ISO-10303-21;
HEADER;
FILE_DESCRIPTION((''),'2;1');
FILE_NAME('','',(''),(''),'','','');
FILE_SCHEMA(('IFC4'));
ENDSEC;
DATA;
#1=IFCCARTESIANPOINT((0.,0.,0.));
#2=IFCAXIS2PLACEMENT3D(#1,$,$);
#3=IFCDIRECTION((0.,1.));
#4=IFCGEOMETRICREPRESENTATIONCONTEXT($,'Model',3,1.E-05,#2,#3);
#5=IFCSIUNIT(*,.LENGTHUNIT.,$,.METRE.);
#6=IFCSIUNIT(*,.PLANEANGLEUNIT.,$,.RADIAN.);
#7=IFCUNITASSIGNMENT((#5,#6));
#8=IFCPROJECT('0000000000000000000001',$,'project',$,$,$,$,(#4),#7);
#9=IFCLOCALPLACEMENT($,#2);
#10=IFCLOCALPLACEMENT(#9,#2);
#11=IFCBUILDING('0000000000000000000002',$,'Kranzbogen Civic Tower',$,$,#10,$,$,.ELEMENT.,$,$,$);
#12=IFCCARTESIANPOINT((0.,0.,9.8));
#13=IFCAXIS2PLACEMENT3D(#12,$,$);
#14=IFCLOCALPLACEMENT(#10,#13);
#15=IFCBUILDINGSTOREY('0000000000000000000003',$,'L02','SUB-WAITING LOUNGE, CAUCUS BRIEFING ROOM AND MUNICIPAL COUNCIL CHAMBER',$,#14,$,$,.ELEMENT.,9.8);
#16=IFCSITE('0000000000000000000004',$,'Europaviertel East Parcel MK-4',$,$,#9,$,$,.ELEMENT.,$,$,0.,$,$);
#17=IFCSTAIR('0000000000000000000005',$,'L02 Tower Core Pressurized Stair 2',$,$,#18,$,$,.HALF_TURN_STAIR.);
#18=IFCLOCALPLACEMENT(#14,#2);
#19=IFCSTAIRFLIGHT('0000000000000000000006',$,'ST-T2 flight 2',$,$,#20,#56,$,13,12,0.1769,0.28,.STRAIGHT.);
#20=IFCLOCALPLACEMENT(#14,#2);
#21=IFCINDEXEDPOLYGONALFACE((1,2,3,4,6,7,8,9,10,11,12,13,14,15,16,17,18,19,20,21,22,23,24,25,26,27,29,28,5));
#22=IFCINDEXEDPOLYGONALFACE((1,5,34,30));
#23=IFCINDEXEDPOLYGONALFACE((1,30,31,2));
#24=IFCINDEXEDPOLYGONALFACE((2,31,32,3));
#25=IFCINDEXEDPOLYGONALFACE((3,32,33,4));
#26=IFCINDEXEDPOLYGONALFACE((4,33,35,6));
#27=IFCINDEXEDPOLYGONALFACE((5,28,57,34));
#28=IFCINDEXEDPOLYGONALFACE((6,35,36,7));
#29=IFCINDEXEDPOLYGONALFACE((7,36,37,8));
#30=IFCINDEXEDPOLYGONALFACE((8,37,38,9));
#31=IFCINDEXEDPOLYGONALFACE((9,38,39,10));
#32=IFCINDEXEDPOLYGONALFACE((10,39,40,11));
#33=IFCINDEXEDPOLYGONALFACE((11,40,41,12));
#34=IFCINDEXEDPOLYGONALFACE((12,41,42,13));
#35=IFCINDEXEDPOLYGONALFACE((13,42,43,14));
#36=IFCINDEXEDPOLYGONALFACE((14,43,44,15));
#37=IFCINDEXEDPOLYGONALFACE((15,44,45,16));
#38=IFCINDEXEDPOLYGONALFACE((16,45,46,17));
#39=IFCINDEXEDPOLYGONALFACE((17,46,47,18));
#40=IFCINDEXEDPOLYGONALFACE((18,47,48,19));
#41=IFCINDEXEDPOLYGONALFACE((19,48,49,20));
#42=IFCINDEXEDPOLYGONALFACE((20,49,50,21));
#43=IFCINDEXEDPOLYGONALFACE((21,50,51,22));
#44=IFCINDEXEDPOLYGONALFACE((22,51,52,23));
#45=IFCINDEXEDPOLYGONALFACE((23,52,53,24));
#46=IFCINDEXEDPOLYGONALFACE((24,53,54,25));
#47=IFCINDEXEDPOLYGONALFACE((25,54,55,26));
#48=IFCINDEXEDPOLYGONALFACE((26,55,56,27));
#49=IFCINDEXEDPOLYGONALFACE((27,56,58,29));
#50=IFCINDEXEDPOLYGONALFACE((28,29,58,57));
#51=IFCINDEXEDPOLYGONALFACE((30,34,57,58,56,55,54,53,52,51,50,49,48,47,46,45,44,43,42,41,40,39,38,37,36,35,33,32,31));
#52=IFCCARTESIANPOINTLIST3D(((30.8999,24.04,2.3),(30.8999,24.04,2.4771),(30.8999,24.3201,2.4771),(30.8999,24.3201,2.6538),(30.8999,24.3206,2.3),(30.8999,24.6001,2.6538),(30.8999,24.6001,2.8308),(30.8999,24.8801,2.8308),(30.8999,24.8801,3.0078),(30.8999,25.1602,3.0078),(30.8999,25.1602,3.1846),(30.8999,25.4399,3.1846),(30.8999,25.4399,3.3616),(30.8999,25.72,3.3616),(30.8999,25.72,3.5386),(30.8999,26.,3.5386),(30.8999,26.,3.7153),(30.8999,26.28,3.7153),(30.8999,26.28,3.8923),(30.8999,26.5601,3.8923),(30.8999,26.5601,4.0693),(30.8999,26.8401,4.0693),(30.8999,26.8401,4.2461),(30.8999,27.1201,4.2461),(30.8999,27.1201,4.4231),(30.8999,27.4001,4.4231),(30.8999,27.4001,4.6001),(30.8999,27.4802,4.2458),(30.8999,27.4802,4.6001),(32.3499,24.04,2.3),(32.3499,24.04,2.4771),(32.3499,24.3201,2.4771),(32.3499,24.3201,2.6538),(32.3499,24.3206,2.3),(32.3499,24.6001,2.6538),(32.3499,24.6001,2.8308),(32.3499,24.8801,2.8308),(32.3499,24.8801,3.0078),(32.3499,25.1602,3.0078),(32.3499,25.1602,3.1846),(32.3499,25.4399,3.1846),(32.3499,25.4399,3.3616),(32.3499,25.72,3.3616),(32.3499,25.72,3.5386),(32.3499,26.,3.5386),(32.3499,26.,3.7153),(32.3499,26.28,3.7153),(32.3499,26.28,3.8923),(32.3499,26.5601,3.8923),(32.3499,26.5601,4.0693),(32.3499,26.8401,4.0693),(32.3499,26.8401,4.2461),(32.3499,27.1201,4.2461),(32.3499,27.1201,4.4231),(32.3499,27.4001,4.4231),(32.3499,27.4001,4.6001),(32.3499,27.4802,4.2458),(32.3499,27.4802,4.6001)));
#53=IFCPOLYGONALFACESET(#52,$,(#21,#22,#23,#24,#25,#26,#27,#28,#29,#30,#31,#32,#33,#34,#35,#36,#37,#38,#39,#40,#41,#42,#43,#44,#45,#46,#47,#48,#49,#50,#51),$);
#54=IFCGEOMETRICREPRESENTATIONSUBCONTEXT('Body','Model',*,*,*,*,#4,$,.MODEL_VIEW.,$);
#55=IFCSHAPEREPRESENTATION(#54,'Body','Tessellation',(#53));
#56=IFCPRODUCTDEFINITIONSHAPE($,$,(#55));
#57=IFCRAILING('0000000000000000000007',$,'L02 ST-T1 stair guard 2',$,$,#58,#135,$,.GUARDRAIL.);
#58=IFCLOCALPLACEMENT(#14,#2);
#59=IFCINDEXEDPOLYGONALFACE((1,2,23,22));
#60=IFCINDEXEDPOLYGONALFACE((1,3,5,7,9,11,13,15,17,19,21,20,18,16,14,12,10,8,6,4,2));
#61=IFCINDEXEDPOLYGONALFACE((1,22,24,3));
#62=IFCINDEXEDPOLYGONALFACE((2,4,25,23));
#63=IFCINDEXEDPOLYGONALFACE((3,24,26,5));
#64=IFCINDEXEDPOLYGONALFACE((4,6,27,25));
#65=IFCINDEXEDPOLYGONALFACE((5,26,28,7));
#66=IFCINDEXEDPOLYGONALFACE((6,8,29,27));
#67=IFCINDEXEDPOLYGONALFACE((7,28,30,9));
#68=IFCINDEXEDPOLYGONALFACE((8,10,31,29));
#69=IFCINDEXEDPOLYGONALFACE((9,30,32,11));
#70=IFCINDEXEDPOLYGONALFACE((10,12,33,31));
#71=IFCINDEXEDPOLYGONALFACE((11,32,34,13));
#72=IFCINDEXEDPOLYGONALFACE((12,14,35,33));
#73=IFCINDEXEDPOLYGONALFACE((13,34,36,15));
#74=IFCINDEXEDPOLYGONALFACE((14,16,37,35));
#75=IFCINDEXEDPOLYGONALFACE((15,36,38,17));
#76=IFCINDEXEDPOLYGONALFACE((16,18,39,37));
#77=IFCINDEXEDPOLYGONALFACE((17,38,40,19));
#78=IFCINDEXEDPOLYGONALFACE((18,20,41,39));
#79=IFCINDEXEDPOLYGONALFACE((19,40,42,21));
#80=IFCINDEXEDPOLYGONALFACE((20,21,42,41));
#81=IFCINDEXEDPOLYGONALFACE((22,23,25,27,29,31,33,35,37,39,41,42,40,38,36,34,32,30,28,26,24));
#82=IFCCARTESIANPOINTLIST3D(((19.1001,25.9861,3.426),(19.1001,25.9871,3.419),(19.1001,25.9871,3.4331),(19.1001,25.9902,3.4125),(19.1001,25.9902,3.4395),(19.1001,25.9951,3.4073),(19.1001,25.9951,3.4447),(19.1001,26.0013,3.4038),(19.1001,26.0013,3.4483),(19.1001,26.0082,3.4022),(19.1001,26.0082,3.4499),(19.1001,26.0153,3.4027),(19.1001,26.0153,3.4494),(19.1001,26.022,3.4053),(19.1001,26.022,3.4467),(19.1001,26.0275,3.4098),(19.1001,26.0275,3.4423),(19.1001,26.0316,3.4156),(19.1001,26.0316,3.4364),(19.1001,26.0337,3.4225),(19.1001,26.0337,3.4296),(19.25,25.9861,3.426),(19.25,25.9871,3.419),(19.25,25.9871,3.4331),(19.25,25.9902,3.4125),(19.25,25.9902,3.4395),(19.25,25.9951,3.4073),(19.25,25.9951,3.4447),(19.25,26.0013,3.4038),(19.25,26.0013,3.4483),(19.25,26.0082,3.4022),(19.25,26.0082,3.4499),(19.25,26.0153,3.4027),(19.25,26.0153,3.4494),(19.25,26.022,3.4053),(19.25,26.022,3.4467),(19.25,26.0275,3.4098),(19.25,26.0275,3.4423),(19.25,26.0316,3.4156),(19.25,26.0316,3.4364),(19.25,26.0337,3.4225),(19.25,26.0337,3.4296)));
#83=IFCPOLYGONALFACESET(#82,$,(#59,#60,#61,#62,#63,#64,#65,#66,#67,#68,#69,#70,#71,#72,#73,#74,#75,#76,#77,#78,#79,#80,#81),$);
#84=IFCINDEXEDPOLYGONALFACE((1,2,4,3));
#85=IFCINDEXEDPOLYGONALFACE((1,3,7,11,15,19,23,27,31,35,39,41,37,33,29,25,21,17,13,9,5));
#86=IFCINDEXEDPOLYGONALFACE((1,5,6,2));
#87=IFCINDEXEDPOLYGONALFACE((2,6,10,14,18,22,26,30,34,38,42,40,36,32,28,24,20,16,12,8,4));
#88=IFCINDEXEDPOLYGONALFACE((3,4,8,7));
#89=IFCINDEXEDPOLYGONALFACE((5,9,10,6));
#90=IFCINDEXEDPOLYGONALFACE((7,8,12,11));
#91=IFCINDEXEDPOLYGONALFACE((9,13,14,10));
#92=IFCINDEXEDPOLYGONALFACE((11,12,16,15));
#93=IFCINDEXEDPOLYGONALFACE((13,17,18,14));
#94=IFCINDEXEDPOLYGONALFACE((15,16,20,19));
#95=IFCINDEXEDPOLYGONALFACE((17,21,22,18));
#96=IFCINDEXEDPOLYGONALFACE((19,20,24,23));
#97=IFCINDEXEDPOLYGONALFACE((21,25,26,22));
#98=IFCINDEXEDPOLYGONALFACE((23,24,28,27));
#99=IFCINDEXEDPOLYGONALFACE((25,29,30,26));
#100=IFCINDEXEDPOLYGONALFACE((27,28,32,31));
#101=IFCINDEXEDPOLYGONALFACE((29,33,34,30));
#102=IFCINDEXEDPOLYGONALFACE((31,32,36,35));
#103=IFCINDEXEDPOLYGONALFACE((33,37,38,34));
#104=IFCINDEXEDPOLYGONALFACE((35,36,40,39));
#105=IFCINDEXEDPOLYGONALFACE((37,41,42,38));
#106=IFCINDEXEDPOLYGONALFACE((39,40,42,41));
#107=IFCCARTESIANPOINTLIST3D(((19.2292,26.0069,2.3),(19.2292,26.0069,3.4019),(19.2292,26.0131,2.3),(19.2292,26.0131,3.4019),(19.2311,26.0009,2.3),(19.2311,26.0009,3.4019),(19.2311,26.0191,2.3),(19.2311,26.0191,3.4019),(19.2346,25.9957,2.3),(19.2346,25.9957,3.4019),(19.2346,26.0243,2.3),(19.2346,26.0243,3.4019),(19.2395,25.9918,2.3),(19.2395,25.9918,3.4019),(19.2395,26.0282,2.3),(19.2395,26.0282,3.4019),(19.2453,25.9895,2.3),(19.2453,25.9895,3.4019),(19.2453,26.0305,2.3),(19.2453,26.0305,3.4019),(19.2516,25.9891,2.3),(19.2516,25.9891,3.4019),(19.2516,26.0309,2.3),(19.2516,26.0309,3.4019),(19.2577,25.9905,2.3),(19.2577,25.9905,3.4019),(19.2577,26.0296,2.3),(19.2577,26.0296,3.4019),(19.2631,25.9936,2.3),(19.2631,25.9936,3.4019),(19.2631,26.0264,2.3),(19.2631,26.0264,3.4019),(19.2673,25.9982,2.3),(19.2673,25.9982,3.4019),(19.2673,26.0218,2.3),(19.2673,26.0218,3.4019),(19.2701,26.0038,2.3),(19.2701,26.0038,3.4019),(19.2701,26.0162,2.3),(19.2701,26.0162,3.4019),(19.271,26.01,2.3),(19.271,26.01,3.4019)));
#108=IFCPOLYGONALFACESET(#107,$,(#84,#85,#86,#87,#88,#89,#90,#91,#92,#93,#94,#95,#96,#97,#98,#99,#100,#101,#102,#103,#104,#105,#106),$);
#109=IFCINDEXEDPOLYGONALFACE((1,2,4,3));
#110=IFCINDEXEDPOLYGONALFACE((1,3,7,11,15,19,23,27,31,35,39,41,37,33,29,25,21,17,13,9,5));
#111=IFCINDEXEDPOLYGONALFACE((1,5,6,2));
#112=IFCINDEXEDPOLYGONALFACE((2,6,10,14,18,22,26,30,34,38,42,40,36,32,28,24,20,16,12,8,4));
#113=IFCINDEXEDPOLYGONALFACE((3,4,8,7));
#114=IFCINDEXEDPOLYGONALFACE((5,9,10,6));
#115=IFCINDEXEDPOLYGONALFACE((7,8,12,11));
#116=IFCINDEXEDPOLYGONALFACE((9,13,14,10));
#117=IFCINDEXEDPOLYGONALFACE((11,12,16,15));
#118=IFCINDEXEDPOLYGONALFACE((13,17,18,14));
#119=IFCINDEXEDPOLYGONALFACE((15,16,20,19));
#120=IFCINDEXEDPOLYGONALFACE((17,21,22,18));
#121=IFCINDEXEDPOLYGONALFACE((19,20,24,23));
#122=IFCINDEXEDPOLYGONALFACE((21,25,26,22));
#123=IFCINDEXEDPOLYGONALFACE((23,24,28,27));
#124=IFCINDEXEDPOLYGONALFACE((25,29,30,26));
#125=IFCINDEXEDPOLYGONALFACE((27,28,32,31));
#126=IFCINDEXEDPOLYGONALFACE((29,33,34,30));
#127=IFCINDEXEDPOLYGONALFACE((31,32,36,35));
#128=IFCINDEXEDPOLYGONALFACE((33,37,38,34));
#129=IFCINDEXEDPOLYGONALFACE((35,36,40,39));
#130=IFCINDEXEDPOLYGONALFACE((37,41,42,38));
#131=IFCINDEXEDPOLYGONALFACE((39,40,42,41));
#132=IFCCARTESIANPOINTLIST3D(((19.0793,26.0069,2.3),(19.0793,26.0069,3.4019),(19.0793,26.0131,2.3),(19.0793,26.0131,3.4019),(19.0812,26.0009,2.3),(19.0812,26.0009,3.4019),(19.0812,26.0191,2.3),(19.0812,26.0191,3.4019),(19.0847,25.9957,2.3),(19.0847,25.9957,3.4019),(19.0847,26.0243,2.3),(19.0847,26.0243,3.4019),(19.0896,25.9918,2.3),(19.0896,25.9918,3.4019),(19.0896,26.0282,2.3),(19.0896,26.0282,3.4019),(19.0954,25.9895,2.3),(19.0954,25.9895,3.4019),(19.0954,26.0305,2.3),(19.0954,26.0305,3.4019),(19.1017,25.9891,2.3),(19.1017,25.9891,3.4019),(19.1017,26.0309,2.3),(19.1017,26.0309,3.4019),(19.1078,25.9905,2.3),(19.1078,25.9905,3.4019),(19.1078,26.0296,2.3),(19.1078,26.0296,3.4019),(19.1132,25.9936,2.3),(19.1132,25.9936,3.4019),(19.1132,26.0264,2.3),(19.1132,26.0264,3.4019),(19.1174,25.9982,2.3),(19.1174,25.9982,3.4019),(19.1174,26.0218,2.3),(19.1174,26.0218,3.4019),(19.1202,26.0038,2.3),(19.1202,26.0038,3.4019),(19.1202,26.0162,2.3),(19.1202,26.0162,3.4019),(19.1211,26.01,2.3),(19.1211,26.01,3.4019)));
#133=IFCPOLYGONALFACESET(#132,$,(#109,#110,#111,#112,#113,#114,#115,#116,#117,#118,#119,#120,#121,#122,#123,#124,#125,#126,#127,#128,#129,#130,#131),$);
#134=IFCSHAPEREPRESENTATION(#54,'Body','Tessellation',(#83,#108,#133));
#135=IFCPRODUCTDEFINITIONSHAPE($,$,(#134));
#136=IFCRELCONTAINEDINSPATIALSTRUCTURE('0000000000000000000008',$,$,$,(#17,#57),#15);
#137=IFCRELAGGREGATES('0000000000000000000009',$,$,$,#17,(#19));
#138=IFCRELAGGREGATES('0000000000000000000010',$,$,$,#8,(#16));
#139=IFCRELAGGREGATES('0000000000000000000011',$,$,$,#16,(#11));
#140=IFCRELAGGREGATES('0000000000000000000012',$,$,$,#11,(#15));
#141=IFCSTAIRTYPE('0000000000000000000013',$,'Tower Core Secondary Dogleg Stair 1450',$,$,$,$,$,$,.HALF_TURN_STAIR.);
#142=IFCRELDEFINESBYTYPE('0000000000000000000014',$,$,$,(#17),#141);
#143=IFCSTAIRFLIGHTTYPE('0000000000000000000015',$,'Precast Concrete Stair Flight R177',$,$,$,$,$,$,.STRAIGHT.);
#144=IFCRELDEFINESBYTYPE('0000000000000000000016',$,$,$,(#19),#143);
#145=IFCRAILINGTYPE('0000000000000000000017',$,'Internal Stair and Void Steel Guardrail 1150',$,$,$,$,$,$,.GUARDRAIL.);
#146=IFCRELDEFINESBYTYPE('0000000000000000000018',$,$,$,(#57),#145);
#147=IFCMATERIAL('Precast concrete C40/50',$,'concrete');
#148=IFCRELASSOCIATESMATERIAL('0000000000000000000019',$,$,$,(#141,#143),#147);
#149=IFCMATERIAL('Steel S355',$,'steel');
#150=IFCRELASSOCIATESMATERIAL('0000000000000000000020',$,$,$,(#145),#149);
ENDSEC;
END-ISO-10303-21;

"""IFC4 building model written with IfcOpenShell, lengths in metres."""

from ifc_helpers import new_model, si_unit, direction, frame, origin, origin_2d, place, context, subcontext, project, spatial, polyline, circle, outline, extrude, material, type_object, element, aggregate, save


model = new_model("IFC4")

# Units and contexts
model_context = context("Model", 3, precision=1e-05, world=origin(), true_north=direction((0.0, 1.0)))
body_context = subcontext(model_context, "Body", "Model", "MODEL_VIEW")
ifc_project = project(units=[si_unit("LENGTHUNIT", "METRE"), si_unit("PLANEANGLEUNIT", "RADIAN")], contexts=[model_context])

# Site, building, storey
site_placement = place(None, origin())
site = spatial("IfcSite", under=ifc_project, at=site_placement, Name="Europaviertel East Parcel MK-4", CompositionType="ELEMENT", RefElevation=0.0)
building_placement = place(site_placement, origin())
building = spatial("IfcBuilding", under=site, at=building_placement, Name="Kranzbogen Civic Tower", CompositionType="ELEMENT")
storey_placement = place(building_placement, frame((0.0, 0.0, 9.8)))
storey = spatial("IfcBuildingStorey", under=building, at=storey_placement, Name="L02", Description="SUB-WAITING LOUNGE, CAUCUS BRIEFING ROOM AND MUNICIPAL COUNCIL CHAMBER", CompositionType="ELEMENT", Elevation=9.8)

# Shared definitions
ifc_material_1 = material(Name="Steel S355", Category="steel")

# Stair, stair flight
ifc_material_2 = material(Name="Precast concrete C40/50", Category="concrete")
stair_type = type_object("IfcStairType", Name="Tower Core Secondary Dogleg Stair 1450", PredefinedType="HALF_TURN_STAIR", material=ifc_material_2)
stair_placement = place(storey_placement, origin())
stair = element("IfcStair", 1, at=stair_placement, inside=storey, type_object=stair_type, Name="L02 Tower Core Pressurized Stair 2", PredefinedType="HALF_TURN_STAIR")
stair_flight_type = type_object("IfcStairFlightType", Name="Precast Concrete Stair Flight R177", PredefinedType="STRAIGHT", material=ifc_material_2)
stair_flight_1_placement = place(storey_placement, frame((31.625, 24.04, 2.3), z_axis=(0.0, 0.0, 1.0), x_axis=(0.0, 1.0, 0.0)))
stair_flight_1 = element("IfcStairFlight", 2, at=stair_flight_1_placement, type_object=stair_flight_type, Name="ST-T2 flight 2", NumberOfRisers=13, NumberOfTreads=12, PredefinedType="STRAIGHT", RiserHeight=0.1769, TreadLength=0.28, context=body_context, shape_type="SweptSolid", body=[
    extrude(outline(polyline([(0.0, 0.0), (0.0, 0.177), (0.28, 0.177), (0.28, 0.3538), (0.5601, 0.3538), (0.5601, 0.5308), (0.8401, 0.5308), (0.8401, 0.7078), (1.1201, 0.7078), (1.1201, 0.8845), (1.3999, 0.8845), (1.3999, 1.0615), (1.6799, 1.0615), (1.6799, 1.2385), (1.96, 1.2385), (1.96, 1.4153), (2.24, 1.4153), (2.24, 1.5923), (2.52, 1.5923), (2.52, 1.7693), (2.8, 1.7693), (2.8, 1.946), (3.0801, 1.946), (3.0801, 2.123), (3.3601, 2.123), (3.3601, 2.3), (3.4402, 2.3), (3.4402, 1.9458), (0.2805, 0.0), (0.0, 0.0)])), frame((0.0, 0.7251, 0.0), z_axis=(0.0, -1.0, 0.0), x_axis=(1.0, 0.0, 0.0)), (0.0, 0.0, 1.0), 1.45),
])
aggregate(stair, [stair_flight_1])

# Railing
railing_type_1 = type_object("IfcRailingType", Name="Internal Stair and Void Steel Guardrail 1150", PredefinedType="GUARDRAIL", material=ifc_material_1)
railing_1_placement = place(storey_placement, frame((19.25, 26.01, 2.3)))
element("IfcRailing", 3, at=railing_1_placement, inside=storey, type_object=railing_type_1, Name="L02 ST-T1 stair guard 2", PredefinedType="GUARDRAIL", context=body_context, shape_type="SweptSolid", body=[
    extrude(circle(Radius=0.0239, at=origin_2d()), frame((0.0, 0.0, 1.126), z_axis=(-1.0, 0.0, 0.0), x_axis=(0.0, -1.0, 0.0)), (0.0, 0.0, 1.0), 0.1499),
    extrude(circle(Radius=0.021, at=origin_2d()), origin(), (0.0, 0.0, 1.0), 1.1018),
    extrude(circle(Radius=0.021, at=origin_2d()), frame((-0.1499, 0.0, 0.0)), (0.0, 0.0, 1.0), 1.1018),
])

save(model, "model.ifc")
